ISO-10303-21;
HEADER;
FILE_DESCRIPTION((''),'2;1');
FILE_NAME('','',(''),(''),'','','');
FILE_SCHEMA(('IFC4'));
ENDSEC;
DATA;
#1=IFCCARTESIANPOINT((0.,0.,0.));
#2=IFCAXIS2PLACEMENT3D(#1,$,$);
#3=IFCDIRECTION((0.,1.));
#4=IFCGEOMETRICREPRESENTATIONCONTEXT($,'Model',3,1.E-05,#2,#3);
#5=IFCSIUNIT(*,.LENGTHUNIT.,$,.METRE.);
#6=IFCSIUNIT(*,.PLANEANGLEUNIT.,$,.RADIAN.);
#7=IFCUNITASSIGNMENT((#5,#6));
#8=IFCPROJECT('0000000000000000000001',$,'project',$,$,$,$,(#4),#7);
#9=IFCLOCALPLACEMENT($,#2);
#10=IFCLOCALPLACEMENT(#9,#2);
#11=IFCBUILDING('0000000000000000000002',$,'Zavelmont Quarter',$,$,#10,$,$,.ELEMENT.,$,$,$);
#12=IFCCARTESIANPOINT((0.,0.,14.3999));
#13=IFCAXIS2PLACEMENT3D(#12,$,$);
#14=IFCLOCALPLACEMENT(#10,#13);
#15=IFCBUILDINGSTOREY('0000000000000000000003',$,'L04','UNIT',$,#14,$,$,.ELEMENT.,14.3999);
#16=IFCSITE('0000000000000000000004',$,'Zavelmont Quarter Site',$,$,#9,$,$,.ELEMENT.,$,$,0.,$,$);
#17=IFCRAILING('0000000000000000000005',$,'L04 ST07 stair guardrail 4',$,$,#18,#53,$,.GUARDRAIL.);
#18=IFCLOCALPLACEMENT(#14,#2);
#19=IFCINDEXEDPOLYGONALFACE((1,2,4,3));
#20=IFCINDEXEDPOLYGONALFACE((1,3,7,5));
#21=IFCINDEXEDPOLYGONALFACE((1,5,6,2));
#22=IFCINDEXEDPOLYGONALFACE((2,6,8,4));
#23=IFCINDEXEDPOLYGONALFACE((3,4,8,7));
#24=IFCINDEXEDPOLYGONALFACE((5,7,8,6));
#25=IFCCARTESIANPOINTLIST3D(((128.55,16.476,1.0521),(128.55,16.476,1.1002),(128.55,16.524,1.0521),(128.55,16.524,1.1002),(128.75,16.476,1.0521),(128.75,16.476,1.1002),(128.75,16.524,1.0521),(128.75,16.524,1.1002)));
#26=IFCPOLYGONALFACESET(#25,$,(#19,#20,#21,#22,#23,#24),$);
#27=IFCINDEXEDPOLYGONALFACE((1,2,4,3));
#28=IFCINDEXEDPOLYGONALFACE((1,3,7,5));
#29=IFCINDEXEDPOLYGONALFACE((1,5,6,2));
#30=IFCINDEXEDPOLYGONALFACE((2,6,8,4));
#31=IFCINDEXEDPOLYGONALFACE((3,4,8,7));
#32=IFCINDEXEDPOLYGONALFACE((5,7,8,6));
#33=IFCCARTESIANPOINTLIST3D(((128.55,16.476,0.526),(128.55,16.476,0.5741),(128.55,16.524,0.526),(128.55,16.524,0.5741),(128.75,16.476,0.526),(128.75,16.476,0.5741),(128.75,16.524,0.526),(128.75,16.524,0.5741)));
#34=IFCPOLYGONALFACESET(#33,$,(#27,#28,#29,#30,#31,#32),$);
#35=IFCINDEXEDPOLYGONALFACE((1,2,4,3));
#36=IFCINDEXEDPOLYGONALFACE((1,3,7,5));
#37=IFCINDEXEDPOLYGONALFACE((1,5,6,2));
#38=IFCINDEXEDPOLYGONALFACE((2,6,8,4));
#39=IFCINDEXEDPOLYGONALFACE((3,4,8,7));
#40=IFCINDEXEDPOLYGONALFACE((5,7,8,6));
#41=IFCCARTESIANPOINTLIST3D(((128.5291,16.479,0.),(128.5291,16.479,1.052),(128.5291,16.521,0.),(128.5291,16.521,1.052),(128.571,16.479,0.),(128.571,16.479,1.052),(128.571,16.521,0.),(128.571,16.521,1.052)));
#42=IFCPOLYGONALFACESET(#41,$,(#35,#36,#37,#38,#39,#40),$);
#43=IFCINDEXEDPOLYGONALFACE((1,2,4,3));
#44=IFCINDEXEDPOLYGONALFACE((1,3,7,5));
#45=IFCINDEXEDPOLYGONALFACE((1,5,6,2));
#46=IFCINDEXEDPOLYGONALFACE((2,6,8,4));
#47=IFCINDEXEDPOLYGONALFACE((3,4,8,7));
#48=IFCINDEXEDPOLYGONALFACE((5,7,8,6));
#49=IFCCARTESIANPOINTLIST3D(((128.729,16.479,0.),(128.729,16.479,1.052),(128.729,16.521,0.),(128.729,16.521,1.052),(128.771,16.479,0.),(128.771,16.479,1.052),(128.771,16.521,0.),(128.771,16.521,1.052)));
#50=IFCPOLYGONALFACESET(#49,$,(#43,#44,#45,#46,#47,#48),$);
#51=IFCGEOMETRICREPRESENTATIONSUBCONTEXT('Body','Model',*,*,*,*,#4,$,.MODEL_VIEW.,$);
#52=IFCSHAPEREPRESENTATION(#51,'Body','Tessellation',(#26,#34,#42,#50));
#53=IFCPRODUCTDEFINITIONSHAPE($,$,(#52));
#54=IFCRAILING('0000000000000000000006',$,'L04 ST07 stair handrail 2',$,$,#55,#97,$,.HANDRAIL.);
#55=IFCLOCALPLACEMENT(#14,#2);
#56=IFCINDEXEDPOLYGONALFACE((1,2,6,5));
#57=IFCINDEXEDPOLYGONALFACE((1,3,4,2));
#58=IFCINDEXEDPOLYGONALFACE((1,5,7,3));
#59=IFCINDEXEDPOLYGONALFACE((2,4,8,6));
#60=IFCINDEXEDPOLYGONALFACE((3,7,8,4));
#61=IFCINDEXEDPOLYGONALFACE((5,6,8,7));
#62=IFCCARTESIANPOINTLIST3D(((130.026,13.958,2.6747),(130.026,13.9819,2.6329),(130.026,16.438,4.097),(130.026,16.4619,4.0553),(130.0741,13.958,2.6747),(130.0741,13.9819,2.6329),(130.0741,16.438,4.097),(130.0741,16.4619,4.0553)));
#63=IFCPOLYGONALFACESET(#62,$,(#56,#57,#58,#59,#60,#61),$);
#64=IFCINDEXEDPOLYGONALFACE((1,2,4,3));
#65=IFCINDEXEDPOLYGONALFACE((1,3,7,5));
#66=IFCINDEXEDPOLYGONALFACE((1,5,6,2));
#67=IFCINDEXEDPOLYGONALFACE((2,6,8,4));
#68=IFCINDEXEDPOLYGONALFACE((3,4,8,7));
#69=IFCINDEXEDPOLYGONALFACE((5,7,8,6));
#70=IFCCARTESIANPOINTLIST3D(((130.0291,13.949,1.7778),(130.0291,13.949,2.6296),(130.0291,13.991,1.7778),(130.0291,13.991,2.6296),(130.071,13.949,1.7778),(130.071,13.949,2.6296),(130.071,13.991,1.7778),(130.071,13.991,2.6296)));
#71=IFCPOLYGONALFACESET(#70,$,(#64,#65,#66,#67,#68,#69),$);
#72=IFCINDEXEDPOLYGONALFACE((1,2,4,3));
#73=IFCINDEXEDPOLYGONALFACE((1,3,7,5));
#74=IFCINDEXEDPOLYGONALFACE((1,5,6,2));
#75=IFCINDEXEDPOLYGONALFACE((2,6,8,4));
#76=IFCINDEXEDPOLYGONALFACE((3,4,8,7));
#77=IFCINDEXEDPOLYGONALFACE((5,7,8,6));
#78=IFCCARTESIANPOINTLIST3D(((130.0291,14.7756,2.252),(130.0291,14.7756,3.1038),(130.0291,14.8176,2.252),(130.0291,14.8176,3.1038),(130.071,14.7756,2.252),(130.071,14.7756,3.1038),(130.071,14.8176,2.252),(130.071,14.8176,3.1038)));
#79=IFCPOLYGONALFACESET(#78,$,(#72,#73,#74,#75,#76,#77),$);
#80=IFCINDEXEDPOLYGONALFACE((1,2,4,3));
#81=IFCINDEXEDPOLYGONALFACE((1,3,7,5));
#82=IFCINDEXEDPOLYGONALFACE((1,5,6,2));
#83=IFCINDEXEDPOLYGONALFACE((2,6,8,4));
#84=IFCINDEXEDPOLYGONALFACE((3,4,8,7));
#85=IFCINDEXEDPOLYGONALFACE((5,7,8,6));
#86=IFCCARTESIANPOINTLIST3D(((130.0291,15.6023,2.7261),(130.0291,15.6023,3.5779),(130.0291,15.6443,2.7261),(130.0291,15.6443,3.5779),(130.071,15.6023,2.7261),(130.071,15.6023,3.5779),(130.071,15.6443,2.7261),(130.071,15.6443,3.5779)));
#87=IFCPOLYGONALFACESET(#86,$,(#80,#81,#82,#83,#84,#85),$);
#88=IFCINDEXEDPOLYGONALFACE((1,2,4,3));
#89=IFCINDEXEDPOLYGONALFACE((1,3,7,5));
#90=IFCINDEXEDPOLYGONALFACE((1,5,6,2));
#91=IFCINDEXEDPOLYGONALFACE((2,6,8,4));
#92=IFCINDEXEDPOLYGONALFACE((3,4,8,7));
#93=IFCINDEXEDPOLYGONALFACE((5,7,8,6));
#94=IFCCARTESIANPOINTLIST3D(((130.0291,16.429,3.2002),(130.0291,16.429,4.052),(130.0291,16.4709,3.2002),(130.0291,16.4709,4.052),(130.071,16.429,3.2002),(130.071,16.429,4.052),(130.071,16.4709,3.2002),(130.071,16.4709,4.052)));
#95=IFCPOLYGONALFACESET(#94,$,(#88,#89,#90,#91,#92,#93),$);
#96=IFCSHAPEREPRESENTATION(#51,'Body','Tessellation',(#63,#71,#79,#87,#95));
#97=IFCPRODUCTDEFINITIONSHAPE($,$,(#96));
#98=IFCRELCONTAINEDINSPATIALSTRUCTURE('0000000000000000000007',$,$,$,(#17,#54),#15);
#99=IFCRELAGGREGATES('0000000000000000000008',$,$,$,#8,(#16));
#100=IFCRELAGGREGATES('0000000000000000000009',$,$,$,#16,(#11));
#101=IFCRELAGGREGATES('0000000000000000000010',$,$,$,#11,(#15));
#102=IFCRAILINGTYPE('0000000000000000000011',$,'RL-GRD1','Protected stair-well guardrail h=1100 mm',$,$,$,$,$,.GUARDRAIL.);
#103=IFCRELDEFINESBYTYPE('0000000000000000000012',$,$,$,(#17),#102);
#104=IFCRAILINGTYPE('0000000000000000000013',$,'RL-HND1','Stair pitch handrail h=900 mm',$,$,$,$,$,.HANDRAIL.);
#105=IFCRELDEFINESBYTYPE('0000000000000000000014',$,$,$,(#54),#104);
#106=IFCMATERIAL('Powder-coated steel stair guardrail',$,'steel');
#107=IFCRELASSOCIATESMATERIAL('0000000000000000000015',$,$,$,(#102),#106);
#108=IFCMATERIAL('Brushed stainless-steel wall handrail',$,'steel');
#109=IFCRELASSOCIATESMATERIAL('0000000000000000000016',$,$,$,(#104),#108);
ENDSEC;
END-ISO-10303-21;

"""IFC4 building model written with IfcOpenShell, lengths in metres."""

from ifc_helpers import new_model, si_unit, direction, frame, origin, origin_2d, place, context, subcontext, project, spatial, rectangle, extrude, material, type_object, element, save


model = new_model("IFC4")

# Units and contexts
model_context = context("Model", 3, precision=1e-05, world=origin(), true_north=direction((0.0, 1.0)))
body_context = subcontext(model_context, "Body", "Model", "MODEL_VIEW")
ifc_project = project(units=[si_unit("LENGTHUNIT", "METRE"), si_unit("PLANEANGLEUNIT", "RADIAN")], contexts=[model_context])

# Site, building, storey
site_placement = place(None, origin())
site = spatial("IfcSite", under=ifc_project, at=site_placement, Name="Zavelmont Quarter Site", CompositionType="ELEMENT", RefElevation=0.0)
building_placement = place(site_placement, origin())
building = spatial("IfcBuilding", under=site, at=building_placement, Name="Zavelmont Quarter", CompositionType="ELEMENT")
storey_placement = place(building_placement, frame((0.0, 0.0, 14.3999)))
storey = spatial("IfcBuildingStorey", under=building, at=storey_placement, Name="L04", Description="UNIT", CompositionType="ELEMENT", Elevation=14.3999)

# Railings
ifc_material_1 = material(Name="Powder-coated steel stair guardrail", Category="steel")
railing_type_1 = type_object("IfcRailingType", Name="RL-GRD1", Description="Protected stair-well guardrail h=1100 mm", PredefinedType="GUARDRAIL", material=ifc_material_1)
railing_1_placement = place(storey_placement, frame((128.55, 16.5, 0.0)))
element("IfcRailing", 1, at=railing_1_placement, inside=storey, type_object=railing_type_1, Name="L04 ST07 stair guardrail 4", PredefinedType="GUARDRAIL", context=body_context, shape_type="SweptSolid", body=[
    extrude(rectangle(XDim=0.0481, YDim=0.0481, at=origin_2d()), frame((0.0, 0.0, 1.0762), z_axis=(1.0, 0.0, 0.0), x_axis=(0.0, 1.0, 0.0)), (0.0, 0.0, 1.0), 0.2),
    extrude(rectangle(XDim=0.0481, YDim=0.0481, at=origin_2d()), frame((0.0, 0.0, 0.55), z_axis=(1.0, 0.0, 0.0), x_axis=(0.0, 1.0, 0.0)), (0.0, 0.0, 1.0), 0.2),
    extrude(rectangle(XDim=0.042, YDim=0.042, at=origin_2d()), origin(), (0.0, 0.0, 1.0), 1.052),
    extrude(rectangle(XDim=0.042, YDim=0.042, at=origin_2d()), frame((0.2, 0.0, 0.0)), (0.0, 0.0, 1.0), 1.052),
])
ifc_material_2 = material(Name="Brushed stainless-steel wall handrail", Category="steel")
railing_type_2 = type_object("IfcRailingType", Name="RL-HND1", Description="Stair pitch handrail h=900 mm", PredefinedType="HANDRAIL", material=ifc_material_2)
railing_2_placement = place(storey_placement, frame((130.05, 13.97, 1.7778)))
element("IfcRailing", 2, at=railing_2_placement, inside=storey, type_object=railing_type_2, Name="L04 ST07 stair handrail 2", PredefinedType="HANDRAIL", context=body_context, shape_type="SweptSolid", body=[
    extrude(rectangle(XDim=0.0481, YDim=0.0481, at=origin_2d()), frame((0.0, 0.0, 0.876), z_axis=(0.0, 0.867454, 0.497518), x_axis=(-1.0, 0.0, 0.0)), (0.0, 0.0, 1.0), 2.8589),
    extrude(rectangle(XDim=0.042, YDim=0.042, at=origin_2d()), origin(), (0.0, 0.0, 1.0), 0.8518),
    extrude(rectangle(XDim=0.042, YDim=0.042, at=origin_2d()), frame((0.0, 0.8267, 0.4741)), (0.0, 0.0, 1.0), 0.8518),
    extrude(rectangle(XDim=0.042, YDim=0.042, at=origin_2d()), frame((0.0, 1.6533, 0.9482)), (0.0, 0.0, 1.0), 0.8518),
    extrude(rectangle(XDim=0.042, YDim=0.042, at=origin_2d()), frame((0.0, 2.48, 1.4224)), (0.0, 0.0, 1.0), 0.8518),
])

save(model, "model.ifc")
